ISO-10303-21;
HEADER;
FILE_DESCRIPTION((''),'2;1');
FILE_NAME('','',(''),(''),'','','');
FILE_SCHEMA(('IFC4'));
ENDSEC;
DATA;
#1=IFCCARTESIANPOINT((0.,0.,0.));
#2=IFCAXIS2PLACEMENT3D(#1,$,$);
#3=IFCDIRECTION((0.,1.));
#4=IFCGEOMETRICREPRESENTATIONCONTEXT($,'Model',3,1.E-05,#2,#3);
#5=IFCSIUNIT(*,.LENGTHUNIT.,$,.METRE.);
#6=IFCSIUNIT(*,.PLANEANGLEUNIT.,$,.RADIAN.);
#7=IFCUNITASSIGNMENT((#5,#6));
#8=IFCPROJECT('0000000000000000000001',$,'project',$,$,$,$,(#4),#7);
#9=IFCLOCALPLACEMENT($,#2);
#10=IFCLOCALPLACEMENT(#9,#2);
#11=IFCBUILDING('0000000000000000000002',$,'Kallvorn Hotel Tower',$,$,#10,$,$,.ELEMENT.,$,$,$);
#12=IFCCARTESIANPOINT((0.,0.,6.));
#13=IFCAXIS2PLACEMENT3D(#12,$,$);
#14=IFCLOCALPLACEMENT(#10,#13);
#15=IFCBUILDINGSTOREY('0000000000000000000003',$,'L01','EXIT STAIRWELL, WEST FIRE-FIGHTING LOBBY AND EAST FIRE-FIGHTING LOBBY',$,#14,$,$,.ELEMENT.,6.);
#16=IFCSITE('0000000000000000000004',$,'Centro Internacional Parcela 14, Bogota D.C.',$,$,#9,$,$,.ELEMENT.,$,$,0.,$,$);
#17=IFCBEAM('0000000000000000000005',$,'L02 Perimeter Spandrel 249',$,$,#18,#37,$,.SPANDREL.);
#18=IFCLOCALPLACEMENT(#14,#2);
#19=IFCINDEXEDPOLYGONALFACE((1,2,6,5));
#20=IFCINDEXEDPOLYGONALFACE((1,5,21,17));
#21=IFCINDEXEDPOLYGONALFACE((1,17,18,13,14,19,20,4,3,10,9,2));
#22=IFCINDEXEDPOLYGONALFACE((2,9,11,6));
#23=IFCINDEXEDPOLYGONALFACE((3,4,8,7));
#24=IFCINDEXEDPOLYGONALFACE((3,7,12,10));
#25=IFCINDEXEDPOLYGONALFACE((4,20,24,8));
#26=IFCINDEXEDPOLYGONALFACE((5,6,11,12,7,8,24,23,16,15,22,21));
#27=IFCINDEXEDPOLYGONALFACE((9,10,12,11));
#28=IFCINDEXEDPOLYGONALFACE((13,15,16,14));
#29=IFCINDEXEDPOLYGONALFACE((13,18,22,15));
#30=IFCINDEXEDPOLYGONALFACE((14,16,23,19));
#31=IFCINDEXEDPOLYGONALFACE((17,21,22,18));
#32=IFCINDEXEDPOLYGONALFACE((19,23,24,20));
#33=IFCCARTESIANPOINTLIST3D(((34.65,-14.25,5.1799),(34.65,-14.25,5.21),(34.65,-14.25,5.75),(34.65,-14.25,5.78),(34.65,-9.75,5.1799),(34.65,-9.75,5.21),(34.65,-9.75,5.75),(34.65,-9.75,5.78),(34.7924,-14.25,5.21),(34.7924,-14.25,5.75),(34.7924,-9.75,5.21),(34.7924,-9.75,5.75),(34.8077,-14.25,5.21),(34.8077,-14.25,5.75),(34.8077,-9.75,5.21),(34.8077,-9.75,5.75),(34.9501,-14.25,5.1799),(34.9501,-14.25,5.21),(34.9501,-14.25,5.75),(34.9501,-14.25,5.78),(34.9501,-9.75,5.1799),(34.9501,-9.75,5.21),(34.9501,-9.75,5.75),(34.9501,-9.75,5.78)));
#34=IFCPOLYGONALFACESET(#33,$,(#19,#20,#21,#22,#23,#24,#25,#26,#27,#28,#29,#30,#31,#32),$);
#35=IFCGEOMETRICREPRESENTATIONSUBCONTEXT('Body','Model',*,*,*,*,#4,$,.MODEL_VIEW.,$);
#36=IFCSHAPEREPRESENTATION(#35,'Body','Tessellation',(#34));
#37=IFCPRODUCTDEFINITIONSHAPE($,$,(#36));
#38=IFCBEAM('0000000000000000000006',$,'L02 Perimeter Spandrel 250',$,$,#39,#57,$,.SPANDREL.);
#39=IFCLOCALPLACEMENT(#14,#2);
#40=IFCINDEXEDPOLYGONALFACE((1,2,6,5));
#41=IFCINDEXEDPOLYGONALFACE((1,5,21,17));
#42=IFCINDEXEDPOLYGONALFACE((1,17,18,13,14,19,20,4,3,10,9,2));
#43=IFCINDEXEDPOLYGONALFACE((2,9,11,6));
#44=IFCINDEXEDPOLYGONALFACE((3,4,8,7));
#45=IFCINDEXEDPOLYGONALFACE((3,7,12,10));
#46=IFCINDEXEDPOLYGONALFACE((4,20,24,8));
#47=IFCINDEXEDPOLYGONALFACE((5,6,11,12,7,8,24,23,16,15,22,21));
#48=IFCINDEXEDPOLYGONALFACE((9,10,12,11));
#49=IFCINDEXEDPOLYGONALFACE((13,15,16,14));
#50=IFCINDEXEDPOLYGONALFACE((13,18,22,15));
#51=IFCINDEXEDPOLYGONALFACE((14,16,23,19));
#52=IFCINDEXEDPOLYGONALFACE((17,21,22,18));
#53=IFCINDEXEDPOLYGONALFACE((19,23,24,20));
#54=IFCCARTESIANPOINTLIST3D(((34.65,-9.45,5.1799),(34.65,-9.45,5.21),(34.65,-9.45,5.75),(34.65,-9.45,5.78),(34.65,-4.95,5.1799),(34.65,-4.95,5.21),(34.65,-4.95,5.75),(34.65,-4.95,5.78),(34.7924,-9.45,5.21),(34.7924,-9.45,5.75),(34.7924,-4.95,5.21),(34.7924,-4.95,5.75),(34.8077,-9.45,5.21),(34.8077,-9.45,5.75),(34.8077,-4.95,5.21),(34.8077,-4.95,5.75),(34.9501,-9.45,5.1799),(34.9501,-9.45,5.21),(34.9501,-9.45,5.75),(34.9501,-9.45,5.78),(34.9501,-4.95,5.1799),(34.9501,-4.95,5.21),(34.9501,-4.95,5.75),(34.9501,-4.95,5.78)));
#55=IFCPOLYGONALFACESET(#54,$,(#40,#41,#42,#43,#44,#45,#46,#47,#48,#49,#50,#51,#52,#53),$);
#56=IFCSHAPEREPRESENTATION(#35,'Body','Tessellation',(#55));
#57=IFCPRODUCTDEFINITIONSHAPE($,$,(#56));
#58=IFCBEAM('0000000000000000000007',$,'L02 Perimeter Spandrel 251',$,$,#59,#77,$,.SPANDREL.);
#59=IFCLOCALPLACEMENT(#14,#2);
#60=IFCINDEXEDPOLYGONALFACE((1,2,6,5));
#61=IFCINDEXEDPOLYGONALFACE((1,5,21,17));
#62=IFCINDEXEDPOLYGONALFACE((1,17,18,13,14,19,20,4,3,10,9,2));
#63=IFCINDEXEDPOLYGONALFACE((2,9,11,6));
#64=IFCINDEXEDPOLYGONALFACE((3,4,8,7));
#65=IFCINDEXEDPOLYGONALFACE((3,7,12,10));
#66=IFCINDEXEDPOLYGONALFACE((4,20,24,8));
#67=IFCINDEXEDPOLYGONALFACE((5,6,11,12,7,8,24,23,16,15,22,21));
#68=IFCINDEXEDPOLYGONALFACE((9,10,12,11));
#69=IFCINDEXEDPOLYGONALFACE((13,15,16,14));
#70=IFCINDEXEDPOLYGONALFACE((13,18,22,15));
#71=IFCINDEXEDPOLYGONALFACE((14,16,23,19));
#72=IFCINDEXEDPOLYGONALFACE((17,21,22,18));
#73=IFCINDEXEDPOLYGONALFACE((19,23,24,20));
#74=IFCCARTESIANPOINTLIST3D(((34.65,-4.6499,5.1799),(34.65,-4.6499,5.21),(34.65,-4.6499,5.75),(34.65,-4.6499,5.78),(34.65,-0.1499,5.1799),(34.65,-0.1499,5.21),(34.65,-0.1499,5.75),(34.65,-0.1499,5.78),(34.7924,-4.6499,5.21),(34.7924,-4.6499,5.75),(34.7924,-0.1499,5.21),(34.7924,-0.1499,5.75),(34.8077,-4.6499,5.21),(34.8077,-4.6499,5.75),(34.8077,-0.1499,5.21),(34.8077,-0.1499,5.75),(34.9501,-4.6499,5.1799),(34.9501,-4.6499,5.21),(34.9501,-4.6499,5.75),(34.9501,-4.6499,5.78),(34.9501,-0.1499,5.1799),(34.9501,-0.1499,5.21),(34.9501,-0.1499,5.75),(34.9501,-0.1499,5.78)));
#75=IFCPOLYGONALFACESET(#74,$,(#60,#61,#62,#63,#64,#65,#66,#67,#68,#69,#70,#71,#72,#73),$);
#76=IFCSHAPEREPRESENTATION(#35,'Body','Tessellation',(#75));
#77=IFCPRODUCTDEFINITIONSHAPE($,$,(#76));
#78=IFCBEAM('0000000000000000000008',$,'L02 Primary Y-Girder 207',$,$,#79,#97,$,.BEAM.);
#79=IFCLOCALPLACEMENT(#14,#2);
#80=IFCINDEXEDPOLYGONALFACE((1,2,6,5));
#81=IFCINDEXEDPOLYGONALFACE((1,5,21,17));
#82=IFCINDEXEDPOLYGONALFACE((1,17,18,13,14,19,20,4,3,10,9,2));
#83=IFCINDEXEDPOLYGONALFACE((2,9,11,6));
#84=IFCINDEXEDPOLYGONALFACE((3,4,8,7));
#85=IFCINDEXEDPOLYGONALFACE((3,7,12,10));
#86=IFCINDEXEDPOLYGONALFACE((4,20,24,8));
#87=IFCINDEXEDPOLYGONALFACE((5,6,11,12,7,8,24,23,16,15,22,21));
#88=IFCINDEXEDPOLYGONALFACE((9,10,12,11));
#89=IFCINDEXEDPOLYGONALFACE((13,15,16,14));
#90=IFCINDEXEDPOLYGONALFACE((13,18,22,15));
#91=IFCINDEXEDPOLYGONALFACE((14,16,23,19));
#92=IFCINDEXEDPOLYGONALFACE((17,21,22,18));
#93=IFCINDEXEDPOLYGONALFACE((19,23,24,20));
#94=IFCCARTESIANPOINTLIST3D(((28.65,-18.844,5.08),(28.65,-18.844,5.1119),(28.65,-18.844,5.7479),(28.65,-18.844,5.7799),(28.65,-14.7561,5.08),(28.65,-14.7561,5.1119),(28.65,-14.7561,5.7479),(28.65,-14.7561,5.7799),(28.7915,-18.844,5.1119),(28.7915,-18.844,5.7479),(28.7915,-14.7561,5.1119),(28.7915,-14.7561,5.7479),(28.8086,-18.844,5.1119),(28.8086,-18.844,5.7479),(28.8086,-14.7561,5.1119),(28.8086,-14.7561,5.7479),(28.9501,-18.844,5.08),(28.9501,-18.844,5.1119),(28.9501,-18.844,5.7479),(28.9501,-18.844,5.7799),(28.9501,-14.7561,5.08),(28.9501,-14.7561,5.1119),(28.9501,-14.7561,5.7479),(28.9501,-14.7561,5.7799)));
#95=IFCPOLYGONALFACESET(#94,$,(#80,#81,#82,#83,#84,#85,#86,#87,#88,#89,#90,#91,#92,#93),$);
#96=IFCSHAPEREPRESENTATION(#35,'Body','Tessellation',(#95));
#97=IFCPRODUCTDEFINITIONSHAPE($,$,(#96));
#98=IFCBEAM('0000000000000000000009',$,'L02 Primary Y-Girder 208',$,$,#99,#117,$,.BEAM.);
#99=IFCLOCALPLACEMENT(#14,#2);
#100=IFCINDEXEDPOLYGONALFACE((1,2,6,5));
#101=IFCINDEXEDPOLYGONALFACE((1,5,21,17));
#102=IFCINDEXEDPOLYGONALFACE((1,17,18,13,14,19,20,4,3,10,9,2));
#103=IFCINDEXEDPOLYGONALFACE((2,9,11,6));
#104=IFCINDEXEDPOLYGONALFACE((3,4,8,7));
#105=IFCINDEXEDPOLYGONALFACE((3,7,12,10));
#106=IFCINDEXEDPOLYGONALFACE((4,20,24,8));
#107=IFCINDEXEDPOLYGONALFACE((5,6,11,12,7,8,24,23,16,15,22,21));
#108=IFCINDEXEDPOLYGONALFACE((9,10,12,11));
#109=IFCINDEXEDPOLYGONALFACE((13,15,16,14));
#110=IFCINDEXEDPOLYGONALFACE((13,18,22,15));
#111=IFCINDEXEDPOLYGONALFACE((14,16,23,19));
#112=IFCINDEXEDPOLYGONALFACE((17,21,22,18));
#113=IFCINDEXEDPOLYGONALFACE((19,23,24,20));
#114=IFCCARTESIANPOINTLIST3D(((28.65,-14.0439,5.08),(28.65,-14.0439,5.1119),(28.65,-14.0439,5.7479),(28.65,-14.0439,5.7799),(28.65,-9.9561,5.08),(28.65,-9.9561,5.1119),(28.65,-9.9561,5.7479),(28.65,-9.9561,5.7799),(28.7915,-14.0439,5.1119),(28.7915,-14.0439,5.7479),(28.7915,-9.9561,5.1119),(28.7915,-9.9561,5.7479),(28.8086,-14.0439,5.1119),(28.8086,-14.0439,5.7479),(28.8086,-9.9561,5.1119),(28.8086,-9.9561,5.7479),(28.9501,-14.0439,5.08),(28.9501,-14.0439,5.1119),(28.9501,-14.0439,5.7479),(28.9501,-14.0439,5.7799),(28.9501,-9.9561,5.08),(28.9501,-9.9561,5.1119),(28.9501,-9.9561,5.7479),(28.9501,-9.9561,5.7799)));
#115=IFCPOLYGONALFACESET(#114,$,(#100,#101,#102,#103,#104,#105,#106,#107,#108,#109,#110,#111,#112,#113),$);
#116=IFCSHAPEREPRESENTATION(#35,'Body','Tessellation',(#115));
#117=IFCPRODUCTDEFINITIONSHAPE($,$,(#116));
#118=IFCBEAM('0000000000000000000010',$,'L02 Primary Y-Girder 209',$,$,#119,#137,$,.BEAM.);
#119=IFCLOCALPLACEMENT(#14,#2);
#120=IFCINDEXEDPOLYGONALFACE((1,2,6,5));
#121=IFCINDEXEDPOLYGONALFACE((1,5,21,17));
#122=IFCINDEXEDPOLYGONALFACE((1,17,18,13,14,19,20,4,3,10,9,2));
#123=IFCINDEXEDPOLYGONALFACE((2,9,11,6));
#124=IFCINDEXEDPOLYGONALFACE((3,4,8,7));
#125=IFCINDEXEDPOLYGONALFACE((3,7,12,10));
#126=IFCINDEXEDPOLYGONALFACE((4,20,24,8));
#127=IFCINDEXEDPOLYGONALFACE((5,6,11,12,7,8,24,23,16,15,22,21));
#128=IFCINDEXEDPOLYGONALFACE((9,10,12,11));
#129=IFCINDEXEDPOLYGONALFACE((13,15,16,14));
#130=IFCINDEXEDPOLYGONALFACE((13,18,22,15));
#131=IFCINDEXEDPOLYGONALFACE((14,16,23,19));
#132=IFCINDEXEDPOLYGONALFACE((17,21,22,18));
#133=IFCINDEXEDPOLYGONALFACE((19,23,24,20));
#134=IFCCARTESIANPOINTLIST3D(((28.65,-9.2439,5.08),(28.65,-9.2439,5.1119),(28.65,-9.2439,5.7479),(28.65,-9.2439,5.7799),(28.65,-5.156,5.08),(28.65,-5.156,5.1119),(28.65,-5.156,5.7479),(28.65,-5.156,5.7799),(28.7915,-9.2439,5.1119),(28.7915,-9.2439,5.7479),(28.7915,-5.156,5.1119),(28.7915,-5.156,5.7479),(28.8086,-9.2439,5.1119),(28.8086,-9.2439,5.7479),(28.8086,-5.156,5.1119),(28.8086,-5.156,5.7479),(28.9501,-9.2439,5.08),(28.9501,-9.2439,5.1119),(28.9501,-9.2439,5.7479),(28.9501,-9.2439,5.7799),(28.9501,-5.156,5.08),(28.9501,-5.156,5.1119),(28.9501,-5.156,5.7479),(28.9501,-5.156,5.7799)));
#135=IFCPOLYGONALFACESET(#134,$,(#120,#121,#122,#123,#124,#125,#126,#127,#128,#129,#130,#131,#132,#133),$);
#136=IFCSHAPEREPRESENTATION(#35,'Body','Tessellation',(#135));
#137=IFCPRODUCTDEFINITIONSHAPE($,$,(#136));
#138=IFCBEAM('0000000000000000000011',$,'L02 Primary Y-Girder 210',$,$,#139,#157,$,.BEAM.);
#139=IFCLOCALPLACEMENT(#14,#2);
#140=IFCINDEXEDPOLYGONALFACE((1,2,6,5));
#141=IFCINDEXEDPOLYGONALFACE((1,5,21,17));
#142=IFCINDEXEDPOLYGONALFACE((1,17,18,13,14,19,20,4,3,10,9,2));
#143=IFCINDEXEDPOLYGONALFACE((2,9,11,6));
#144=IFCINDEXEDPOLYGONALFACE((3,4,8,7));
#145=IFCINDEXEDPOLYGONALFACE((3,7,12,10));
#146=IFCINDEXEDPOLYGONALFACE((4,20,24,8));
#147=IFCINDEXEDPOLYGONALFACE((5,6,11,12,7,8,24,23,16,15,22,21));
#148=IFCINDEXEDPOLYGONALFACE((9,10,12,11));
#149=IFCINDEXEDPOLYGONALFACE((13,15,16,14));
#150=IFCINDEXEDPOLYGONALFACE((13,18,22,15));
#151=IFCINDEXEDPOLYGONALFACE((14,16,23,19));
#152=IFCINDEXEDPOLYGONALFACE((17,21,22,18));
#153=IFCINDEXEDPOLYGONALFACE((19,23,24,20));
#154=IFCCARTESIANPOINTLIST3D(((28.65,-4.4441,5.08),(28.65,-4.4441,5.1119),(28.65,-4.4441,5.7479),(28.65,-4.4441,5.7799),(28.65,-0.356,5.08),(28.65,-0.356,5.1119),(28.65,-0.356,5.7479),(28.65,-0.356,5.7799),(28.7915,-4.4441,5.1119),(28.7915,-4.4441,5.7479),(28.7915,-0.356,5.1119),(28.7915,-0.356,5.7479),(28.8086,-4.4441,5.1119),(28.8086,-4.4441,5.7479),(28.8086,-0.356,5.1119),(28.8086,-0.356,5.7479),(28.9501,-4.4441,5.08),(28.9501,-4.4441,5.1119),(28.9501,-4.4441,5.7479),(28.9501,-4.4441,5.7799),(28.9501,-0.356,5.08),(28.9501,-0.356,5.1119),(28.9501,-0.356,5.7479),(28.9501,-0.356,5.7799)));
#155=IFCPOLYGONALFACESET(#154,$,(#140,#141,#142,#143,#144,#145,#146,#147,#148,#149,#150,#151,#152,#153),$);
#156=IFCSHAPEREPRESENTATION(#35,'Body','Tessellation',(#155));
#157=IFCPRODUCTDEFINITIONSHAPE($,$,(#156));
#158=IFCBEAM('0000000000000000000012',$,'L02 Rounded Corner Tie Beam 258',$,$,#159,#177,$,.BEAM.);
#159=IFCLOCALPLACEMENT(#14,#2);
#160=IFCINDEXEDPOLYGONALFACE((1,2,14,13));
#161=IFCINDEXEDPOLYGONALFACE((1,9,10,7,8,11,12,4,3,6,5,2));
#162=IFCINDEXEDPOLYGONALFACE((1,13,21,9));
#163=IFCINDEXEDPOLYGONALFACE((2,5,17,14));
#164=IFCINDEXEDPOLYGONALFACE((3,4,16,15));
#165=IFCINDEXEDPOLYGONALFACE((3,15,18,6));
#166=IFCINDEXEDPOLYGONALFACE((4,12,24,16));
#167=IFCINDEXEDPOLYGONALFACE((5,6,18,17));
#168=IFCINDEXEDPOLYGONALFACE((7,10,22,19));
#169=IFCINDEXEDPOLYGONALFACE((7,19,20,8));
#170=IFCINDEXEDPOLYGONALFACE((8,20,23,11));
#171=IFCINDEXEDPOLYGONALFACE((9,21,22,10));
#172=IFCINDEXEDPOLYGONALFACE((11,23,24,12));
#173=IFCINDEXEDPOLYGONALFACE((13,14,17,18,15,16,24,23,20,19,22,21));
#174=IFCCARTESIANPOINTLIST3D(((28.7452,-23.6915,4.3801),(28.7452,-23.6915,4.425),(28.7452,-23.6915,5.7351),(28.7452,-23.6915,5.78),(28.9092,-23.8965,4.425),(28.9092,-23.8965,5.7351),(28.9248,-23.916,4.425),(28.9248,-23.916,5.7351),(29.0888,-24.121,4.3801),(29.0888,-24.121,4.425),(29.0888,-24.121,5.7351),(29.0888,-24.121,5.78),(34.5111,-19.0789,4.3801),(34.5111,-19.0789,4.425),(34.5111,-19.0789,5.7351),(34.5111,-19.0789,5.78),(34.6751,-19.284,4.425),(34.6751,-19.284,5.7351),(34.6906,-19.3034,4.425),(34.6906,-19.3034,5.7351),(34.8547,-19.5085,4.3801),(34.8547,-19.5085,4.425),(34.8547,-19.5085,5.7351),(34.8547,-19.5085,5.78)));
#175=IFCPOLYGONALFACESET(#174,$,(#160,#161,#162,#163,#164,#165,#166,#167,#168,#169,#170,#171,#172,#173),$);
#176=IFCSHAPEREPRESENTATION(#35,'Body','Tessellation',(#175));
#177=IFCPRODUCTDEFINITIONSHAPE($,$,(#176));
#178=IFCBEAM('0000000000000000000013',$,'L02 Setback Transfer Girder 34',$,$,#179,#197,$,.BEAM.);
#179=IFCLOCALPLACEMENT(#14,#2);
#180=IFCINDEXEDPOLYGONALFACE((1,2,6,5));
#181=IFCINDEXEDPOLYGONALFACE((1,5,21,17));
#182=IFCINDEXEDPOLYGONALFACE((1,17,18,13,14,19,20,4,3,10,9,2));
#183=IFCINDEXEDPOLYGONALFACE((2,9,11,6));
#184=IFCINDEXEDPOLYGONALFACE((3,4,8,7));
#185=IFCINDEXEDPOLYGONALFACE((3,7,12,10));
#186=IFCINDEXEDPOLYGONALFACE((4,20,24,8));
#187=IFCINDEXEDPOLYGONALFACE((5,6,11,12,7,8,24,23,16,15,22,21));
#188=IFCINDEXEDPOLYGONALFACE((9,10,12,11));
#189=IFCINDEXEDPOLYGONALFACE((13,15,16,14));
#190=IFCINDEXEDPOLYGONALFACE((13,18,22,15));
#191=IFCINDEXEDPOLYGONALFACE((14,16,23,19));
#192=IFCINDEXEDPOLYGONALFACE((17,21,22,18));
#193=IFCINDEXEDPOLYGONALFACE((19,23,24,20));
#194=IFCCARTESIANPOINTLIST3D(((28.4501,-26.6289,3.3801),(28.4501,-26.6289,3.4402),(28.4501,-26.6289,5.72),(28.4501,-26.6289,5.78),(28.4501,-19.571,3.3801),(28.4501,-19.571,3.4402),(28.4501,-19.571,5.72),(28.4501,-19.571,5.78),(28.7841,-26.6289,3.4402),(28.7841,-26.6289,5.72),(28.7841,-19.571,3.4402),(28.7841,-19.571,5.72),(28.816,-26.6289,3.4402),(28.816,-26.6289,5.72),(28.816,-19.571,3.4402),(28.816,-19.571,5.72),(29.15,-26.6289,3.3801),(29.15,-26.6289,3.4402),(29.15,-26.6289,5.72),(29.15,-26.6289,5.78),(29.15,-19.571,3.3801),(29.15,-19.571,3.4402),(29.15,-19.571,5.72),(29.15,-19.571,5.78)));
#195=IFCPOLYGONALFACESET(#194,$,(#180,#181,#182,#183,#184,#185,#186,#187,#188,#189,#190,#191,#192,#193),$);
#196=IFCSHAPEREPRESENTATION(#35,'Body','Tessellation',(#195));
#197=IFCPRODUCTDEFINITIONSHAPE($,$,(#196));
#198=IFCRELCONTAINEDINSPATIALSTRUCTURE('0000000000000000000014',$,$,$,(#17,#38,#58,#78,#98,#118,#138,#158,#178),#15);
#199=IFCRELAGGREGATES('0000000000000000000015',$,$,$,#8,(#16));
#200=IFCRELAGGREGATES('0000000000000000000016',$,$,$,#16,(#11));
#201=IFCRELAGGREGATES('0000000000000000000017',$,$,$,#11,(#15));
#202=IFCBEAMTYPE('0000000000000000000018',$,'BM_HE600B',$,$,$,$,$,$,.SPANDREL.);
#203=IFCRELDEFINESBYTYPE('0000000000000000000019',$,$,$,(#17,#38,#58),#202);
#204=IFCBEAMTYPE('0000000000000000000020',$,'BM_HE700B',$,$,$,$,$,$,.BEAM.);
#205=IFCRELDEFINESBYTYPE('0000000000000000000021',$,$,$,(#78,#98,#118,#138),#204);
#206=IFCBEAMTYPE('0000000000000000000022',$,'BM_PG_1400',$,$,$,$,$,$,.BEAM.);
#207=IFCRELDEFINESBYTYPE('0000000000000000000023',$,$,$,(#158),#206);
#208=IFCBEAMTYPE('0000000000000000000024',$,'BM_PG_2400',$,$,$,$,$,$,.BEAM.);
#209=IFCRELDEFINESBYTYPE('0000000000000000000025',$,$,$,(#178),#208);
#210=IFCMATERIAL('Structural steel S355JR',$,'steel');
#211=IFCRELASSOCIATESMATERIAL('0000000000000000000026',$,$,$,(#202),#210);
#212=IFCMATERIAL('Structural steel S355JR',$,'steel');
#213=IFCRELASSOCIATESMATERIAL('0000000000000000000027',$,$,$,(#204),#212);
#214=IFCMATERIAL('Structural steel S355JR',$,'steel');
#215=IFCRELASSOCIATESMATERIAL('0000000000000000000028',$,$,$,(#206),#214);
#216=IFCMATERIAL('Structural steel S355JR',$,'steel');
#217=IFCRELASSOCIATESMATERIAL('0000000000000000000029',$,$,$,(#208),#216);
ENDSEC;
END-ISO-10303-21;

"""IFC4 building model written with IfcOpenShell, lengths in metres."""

from ifc_helpers import new_model, si_unit, direction, frame, origin, origin_2d, place, context, subcontext, project, spatial, i_section, extrude, material, material_profile, profile_set, type_object, element, save


model = new_model("IFC4")

# Units and contexts
model_context = context("Model", 3, precision=1e-05, world=origin(), true_north=direction((0.0, 1.0)))
body_context = subcontext(model_context, "Body", "Model", "MODEL_VIEW")
ifc_project = project(units=[si_unit("LENGTHUNIT", "METRE"), si_unit("PLANEANGLEUNIT", "RADIAN")], contexts=[model_context])

# Site, building, storey
site_placement = place(None, origin())
site = spatial("IfcSite", under=ifc_project, at=site_placement, Name="Centro Internacional Parcela 14, Bogota D.C.", CompositionType="ELEMENT", RefElevation=0.0)
building_placement = place(site_placement, origin())
building = spatial("IfcBuilding", under=site, at=building_placement, Name="Kallvorn Hotel Tower", CompositionType="ELEMENT")
storey_placement = place(building_placement, frame((0.0, 0.0, 6.0)))
storey = spatial("IfcBuildingStorey", under=building, at=storey_placement, Name="L01", Description="EXIT STAIRWELL, WEST FIRE-FIGHTING LOBBY AND EAST FIRE-FIGHTING LOBBY", CompositionType="ELEMENT", Elevation=6.0)

# Beams
ifc_material_1 = material(Name="Structural steel S355JR", Category="steel")
ifc_material_profile_1 = material_profile(ifc_material_1, i_section(OverallWidth=0.3, OverallDepth=0.6001, WebThickness=0.0154, FlangeThickness=0.03, at=origin_2d()), Name="HE 600 B")
ifc_profile_set_1 = profile_set([ifc_material_profile_1], Name="Structural steel S355JR")
beam_type_1 = type_object("IfcBeamType", Name="BM_HE600B", PredefinedType="SPANDREL", material=ifc_profile_set_1)
for number, where, z_axis, x_axis, name in (
    (1, (34.8, -14.25, 5.48), (0.0, 1.0, 0.0), (-1.0, 0.0, 0.0), "L02 Perimeter Spandrel 249"),
    (2, (34.8, -9.45, 5.48), (0.0, 1.0, 0.0), (-1.0, 0.0, 0.0), "L02 Perimeter Spandrel 250"),
    (3, (34.8, -4.6499, 5.48), (0.0, 1.0, 0.0), (-1.0, 0.0, 0.0), "L02 Perimeter Spandrel 251"),
):
    element("IfcBeam", number, at=place(storey_placement, frame(where, z_axis=z_axis, x_axis=x_axis)), inside=storey, type_object=beam_type_1, Name=name, PredefinedType="SPANDREL", context=body_context, shape_type="SweptSolid", body=[
        extrude(i_section(OverallWidth=0.3, OverallDepth=0.6001, WebThickness=0.0154, FlangeThickness=0.03, at=origin_2d()), origin(), (0.0, 0.0, 1.0), 4.5),
    ])
ifc_material_2 = material(Name="Structural steel S355JR", Category="steel")
ifc_material_profile_2 = material_profile(ifc_material_2, i_section(OverallWidth=0.3, OverallDepth=0.7, WebThickness=0.0171, FlangeThickness=0.032, at=origin_2d()), Name="HE 700 B")
ifc_profile_set_2 = profile_set([ifc_material_profile_2], Name="Structural steel S355JR")
beam_type_2 = type_object("IfcBeamType", Name="BM_HE700B", PredefinedType="BEAM", material=ifc_profile_set_2)
for number, where, z_axis, x_axis, name in (
    (4, (28.8, -18.844, 5.4299), (0.0, 1.0, 0.0), (-1.0, 0.0, 0.0), "L02 Primary Y-Girder 207"),
    (5, (28.8, -14.0439, 5.4299), (0.0, 1.0, 0.0), (-1.0, 0.0, 0.0), "L02 Primary Y-Girder 208"),
    (6, (28.8, -9.2439, 5.4299), (0.0, 1.0, 0.0), (-1.0, 0.0, 0.0), "L02 Primary Y-Girder 209"),
):
    element("IfcBeam", number, at=place(storey_placement, frame(where, z_axis=z_axis, x_axis=x_axis)), inside=storey, type_object=beam_type_2, Name=name, PredefinedType="BEAM", context=body_context, shape_type="SweptSolid", body=[
        extrude(i_section(OverallWidth=0.3, OverallDepth=0.7, WebThickness=0.0171, FlangeThickness=0.032, at=origin_2d()), origin(), (0.0, 0.0, 1.0), 4.0879),
    ])
beam_1_placement = place(storey_placement, frame((28.8, -4.4441, 5.4299), z_axis=(0.0, 1.0, 0.0), x_axis=(-1.0, 0.0, 0.0)))
element("IfcBeam", 7, at=beam_1_placement, inside=storey, type_object=beam_type_2, Name="L02 Primary Y-Girder 210", PredefinedType="BEAM", context=body_context, shape_type="SweptSolid", body=[
    extrude(i_section(OverallWidth=0.3, OverallDepth=0.7, WebThickness=0.0171, FlangeThickness=0.032, at=origin_2d()), origin(), (0.0, 0.0, 1.0), 4.0881),
])
ifc_material_3 = material(Name="Structural steel S355JR", Category="steel")
ifc_material_profile_3 = material_profile(ifc_material_3, i_section(OverallWidth=0.55, OverallDepth=1.3999, WebThickness=0.0249, FlangeThickness=0.0449, at=origin_2d()), Name="PG 1400x550x25x45")
ifc_profile_set_3 = profile_set([ifc_material_profile_3], Name="Structural steel S355JR")
beam_type_3 = type_object("IfcBeamType", Name="BM_PG_1400", PredefinedType="BEAM", material=ifc_profile_set_3)
beam_2_placement = place(storey_placement, frame((34.6829, -19.2937, 5.0801), z_axis=(-0.780878, -0.624683, 0.0), x_axis=(0.624683, -0.780878, 0.0)))
element("IfcBeam", 8, at=beam_2_placement, inside=storey, type_object=beam_type_3, Name="L02 Rounded Corner Tie Beam 258", PredefinedType="BEAM", context=body_context, shape_type="SweptSolid", body=[
    extrude(i_section(OverallWidth=0.55, OverallDepth=1.3999, WebThickness=0.0249, FlangeThickness=0.0449, at=origin_2d()), origin(), (0.0, 0.0, 1.0), 7.3838),
])
ifc_material_4 = material(Name="Structural steel S355JR", Category="steel")
ifc_material_profile_4 = material_profile(ifc_material_4, i_section(OverallWidth=0.7, OverallDepth=2.3999, WebThickness=0.032, FlangeThickness=0.0601, at=origin_2d()), Name="PG 2400x700x32x60")
ifc_profile_set_4 = profile_set([ifc_material_profile_4], Name="Structural steel S355JR")
beam_type_4 = type_object("IfcBeamType", Name="BM_PG_2400", PredefinedType="BEAM", material=ifc_profile_set_4)
beam_3_placement = place(storey_placement, frame((28.8, -26.6289, 4.5801), z_axis=(0.0, 1.0, 0.0), x_axis=(-1.0, 0.0, 0.0)))
element("IfcBeam", 9, at=beam_3_placement, inside=storey, type_object=beam_type_4, Name="L02 Setback Transfer Girder 34", PredefinedType="BEAM", context=body_context, shape_type="SweptSolid", body=[
    extrude(i_section(OverallWidth=0.7, OverallDepth=2.3999, WebThickness=0.032, FlangeThickness=0.0601, at=origin_2d()), origin(), (0.0, 0.0, 1.0), 7.0579),
])

save(model, "model.ifc")
